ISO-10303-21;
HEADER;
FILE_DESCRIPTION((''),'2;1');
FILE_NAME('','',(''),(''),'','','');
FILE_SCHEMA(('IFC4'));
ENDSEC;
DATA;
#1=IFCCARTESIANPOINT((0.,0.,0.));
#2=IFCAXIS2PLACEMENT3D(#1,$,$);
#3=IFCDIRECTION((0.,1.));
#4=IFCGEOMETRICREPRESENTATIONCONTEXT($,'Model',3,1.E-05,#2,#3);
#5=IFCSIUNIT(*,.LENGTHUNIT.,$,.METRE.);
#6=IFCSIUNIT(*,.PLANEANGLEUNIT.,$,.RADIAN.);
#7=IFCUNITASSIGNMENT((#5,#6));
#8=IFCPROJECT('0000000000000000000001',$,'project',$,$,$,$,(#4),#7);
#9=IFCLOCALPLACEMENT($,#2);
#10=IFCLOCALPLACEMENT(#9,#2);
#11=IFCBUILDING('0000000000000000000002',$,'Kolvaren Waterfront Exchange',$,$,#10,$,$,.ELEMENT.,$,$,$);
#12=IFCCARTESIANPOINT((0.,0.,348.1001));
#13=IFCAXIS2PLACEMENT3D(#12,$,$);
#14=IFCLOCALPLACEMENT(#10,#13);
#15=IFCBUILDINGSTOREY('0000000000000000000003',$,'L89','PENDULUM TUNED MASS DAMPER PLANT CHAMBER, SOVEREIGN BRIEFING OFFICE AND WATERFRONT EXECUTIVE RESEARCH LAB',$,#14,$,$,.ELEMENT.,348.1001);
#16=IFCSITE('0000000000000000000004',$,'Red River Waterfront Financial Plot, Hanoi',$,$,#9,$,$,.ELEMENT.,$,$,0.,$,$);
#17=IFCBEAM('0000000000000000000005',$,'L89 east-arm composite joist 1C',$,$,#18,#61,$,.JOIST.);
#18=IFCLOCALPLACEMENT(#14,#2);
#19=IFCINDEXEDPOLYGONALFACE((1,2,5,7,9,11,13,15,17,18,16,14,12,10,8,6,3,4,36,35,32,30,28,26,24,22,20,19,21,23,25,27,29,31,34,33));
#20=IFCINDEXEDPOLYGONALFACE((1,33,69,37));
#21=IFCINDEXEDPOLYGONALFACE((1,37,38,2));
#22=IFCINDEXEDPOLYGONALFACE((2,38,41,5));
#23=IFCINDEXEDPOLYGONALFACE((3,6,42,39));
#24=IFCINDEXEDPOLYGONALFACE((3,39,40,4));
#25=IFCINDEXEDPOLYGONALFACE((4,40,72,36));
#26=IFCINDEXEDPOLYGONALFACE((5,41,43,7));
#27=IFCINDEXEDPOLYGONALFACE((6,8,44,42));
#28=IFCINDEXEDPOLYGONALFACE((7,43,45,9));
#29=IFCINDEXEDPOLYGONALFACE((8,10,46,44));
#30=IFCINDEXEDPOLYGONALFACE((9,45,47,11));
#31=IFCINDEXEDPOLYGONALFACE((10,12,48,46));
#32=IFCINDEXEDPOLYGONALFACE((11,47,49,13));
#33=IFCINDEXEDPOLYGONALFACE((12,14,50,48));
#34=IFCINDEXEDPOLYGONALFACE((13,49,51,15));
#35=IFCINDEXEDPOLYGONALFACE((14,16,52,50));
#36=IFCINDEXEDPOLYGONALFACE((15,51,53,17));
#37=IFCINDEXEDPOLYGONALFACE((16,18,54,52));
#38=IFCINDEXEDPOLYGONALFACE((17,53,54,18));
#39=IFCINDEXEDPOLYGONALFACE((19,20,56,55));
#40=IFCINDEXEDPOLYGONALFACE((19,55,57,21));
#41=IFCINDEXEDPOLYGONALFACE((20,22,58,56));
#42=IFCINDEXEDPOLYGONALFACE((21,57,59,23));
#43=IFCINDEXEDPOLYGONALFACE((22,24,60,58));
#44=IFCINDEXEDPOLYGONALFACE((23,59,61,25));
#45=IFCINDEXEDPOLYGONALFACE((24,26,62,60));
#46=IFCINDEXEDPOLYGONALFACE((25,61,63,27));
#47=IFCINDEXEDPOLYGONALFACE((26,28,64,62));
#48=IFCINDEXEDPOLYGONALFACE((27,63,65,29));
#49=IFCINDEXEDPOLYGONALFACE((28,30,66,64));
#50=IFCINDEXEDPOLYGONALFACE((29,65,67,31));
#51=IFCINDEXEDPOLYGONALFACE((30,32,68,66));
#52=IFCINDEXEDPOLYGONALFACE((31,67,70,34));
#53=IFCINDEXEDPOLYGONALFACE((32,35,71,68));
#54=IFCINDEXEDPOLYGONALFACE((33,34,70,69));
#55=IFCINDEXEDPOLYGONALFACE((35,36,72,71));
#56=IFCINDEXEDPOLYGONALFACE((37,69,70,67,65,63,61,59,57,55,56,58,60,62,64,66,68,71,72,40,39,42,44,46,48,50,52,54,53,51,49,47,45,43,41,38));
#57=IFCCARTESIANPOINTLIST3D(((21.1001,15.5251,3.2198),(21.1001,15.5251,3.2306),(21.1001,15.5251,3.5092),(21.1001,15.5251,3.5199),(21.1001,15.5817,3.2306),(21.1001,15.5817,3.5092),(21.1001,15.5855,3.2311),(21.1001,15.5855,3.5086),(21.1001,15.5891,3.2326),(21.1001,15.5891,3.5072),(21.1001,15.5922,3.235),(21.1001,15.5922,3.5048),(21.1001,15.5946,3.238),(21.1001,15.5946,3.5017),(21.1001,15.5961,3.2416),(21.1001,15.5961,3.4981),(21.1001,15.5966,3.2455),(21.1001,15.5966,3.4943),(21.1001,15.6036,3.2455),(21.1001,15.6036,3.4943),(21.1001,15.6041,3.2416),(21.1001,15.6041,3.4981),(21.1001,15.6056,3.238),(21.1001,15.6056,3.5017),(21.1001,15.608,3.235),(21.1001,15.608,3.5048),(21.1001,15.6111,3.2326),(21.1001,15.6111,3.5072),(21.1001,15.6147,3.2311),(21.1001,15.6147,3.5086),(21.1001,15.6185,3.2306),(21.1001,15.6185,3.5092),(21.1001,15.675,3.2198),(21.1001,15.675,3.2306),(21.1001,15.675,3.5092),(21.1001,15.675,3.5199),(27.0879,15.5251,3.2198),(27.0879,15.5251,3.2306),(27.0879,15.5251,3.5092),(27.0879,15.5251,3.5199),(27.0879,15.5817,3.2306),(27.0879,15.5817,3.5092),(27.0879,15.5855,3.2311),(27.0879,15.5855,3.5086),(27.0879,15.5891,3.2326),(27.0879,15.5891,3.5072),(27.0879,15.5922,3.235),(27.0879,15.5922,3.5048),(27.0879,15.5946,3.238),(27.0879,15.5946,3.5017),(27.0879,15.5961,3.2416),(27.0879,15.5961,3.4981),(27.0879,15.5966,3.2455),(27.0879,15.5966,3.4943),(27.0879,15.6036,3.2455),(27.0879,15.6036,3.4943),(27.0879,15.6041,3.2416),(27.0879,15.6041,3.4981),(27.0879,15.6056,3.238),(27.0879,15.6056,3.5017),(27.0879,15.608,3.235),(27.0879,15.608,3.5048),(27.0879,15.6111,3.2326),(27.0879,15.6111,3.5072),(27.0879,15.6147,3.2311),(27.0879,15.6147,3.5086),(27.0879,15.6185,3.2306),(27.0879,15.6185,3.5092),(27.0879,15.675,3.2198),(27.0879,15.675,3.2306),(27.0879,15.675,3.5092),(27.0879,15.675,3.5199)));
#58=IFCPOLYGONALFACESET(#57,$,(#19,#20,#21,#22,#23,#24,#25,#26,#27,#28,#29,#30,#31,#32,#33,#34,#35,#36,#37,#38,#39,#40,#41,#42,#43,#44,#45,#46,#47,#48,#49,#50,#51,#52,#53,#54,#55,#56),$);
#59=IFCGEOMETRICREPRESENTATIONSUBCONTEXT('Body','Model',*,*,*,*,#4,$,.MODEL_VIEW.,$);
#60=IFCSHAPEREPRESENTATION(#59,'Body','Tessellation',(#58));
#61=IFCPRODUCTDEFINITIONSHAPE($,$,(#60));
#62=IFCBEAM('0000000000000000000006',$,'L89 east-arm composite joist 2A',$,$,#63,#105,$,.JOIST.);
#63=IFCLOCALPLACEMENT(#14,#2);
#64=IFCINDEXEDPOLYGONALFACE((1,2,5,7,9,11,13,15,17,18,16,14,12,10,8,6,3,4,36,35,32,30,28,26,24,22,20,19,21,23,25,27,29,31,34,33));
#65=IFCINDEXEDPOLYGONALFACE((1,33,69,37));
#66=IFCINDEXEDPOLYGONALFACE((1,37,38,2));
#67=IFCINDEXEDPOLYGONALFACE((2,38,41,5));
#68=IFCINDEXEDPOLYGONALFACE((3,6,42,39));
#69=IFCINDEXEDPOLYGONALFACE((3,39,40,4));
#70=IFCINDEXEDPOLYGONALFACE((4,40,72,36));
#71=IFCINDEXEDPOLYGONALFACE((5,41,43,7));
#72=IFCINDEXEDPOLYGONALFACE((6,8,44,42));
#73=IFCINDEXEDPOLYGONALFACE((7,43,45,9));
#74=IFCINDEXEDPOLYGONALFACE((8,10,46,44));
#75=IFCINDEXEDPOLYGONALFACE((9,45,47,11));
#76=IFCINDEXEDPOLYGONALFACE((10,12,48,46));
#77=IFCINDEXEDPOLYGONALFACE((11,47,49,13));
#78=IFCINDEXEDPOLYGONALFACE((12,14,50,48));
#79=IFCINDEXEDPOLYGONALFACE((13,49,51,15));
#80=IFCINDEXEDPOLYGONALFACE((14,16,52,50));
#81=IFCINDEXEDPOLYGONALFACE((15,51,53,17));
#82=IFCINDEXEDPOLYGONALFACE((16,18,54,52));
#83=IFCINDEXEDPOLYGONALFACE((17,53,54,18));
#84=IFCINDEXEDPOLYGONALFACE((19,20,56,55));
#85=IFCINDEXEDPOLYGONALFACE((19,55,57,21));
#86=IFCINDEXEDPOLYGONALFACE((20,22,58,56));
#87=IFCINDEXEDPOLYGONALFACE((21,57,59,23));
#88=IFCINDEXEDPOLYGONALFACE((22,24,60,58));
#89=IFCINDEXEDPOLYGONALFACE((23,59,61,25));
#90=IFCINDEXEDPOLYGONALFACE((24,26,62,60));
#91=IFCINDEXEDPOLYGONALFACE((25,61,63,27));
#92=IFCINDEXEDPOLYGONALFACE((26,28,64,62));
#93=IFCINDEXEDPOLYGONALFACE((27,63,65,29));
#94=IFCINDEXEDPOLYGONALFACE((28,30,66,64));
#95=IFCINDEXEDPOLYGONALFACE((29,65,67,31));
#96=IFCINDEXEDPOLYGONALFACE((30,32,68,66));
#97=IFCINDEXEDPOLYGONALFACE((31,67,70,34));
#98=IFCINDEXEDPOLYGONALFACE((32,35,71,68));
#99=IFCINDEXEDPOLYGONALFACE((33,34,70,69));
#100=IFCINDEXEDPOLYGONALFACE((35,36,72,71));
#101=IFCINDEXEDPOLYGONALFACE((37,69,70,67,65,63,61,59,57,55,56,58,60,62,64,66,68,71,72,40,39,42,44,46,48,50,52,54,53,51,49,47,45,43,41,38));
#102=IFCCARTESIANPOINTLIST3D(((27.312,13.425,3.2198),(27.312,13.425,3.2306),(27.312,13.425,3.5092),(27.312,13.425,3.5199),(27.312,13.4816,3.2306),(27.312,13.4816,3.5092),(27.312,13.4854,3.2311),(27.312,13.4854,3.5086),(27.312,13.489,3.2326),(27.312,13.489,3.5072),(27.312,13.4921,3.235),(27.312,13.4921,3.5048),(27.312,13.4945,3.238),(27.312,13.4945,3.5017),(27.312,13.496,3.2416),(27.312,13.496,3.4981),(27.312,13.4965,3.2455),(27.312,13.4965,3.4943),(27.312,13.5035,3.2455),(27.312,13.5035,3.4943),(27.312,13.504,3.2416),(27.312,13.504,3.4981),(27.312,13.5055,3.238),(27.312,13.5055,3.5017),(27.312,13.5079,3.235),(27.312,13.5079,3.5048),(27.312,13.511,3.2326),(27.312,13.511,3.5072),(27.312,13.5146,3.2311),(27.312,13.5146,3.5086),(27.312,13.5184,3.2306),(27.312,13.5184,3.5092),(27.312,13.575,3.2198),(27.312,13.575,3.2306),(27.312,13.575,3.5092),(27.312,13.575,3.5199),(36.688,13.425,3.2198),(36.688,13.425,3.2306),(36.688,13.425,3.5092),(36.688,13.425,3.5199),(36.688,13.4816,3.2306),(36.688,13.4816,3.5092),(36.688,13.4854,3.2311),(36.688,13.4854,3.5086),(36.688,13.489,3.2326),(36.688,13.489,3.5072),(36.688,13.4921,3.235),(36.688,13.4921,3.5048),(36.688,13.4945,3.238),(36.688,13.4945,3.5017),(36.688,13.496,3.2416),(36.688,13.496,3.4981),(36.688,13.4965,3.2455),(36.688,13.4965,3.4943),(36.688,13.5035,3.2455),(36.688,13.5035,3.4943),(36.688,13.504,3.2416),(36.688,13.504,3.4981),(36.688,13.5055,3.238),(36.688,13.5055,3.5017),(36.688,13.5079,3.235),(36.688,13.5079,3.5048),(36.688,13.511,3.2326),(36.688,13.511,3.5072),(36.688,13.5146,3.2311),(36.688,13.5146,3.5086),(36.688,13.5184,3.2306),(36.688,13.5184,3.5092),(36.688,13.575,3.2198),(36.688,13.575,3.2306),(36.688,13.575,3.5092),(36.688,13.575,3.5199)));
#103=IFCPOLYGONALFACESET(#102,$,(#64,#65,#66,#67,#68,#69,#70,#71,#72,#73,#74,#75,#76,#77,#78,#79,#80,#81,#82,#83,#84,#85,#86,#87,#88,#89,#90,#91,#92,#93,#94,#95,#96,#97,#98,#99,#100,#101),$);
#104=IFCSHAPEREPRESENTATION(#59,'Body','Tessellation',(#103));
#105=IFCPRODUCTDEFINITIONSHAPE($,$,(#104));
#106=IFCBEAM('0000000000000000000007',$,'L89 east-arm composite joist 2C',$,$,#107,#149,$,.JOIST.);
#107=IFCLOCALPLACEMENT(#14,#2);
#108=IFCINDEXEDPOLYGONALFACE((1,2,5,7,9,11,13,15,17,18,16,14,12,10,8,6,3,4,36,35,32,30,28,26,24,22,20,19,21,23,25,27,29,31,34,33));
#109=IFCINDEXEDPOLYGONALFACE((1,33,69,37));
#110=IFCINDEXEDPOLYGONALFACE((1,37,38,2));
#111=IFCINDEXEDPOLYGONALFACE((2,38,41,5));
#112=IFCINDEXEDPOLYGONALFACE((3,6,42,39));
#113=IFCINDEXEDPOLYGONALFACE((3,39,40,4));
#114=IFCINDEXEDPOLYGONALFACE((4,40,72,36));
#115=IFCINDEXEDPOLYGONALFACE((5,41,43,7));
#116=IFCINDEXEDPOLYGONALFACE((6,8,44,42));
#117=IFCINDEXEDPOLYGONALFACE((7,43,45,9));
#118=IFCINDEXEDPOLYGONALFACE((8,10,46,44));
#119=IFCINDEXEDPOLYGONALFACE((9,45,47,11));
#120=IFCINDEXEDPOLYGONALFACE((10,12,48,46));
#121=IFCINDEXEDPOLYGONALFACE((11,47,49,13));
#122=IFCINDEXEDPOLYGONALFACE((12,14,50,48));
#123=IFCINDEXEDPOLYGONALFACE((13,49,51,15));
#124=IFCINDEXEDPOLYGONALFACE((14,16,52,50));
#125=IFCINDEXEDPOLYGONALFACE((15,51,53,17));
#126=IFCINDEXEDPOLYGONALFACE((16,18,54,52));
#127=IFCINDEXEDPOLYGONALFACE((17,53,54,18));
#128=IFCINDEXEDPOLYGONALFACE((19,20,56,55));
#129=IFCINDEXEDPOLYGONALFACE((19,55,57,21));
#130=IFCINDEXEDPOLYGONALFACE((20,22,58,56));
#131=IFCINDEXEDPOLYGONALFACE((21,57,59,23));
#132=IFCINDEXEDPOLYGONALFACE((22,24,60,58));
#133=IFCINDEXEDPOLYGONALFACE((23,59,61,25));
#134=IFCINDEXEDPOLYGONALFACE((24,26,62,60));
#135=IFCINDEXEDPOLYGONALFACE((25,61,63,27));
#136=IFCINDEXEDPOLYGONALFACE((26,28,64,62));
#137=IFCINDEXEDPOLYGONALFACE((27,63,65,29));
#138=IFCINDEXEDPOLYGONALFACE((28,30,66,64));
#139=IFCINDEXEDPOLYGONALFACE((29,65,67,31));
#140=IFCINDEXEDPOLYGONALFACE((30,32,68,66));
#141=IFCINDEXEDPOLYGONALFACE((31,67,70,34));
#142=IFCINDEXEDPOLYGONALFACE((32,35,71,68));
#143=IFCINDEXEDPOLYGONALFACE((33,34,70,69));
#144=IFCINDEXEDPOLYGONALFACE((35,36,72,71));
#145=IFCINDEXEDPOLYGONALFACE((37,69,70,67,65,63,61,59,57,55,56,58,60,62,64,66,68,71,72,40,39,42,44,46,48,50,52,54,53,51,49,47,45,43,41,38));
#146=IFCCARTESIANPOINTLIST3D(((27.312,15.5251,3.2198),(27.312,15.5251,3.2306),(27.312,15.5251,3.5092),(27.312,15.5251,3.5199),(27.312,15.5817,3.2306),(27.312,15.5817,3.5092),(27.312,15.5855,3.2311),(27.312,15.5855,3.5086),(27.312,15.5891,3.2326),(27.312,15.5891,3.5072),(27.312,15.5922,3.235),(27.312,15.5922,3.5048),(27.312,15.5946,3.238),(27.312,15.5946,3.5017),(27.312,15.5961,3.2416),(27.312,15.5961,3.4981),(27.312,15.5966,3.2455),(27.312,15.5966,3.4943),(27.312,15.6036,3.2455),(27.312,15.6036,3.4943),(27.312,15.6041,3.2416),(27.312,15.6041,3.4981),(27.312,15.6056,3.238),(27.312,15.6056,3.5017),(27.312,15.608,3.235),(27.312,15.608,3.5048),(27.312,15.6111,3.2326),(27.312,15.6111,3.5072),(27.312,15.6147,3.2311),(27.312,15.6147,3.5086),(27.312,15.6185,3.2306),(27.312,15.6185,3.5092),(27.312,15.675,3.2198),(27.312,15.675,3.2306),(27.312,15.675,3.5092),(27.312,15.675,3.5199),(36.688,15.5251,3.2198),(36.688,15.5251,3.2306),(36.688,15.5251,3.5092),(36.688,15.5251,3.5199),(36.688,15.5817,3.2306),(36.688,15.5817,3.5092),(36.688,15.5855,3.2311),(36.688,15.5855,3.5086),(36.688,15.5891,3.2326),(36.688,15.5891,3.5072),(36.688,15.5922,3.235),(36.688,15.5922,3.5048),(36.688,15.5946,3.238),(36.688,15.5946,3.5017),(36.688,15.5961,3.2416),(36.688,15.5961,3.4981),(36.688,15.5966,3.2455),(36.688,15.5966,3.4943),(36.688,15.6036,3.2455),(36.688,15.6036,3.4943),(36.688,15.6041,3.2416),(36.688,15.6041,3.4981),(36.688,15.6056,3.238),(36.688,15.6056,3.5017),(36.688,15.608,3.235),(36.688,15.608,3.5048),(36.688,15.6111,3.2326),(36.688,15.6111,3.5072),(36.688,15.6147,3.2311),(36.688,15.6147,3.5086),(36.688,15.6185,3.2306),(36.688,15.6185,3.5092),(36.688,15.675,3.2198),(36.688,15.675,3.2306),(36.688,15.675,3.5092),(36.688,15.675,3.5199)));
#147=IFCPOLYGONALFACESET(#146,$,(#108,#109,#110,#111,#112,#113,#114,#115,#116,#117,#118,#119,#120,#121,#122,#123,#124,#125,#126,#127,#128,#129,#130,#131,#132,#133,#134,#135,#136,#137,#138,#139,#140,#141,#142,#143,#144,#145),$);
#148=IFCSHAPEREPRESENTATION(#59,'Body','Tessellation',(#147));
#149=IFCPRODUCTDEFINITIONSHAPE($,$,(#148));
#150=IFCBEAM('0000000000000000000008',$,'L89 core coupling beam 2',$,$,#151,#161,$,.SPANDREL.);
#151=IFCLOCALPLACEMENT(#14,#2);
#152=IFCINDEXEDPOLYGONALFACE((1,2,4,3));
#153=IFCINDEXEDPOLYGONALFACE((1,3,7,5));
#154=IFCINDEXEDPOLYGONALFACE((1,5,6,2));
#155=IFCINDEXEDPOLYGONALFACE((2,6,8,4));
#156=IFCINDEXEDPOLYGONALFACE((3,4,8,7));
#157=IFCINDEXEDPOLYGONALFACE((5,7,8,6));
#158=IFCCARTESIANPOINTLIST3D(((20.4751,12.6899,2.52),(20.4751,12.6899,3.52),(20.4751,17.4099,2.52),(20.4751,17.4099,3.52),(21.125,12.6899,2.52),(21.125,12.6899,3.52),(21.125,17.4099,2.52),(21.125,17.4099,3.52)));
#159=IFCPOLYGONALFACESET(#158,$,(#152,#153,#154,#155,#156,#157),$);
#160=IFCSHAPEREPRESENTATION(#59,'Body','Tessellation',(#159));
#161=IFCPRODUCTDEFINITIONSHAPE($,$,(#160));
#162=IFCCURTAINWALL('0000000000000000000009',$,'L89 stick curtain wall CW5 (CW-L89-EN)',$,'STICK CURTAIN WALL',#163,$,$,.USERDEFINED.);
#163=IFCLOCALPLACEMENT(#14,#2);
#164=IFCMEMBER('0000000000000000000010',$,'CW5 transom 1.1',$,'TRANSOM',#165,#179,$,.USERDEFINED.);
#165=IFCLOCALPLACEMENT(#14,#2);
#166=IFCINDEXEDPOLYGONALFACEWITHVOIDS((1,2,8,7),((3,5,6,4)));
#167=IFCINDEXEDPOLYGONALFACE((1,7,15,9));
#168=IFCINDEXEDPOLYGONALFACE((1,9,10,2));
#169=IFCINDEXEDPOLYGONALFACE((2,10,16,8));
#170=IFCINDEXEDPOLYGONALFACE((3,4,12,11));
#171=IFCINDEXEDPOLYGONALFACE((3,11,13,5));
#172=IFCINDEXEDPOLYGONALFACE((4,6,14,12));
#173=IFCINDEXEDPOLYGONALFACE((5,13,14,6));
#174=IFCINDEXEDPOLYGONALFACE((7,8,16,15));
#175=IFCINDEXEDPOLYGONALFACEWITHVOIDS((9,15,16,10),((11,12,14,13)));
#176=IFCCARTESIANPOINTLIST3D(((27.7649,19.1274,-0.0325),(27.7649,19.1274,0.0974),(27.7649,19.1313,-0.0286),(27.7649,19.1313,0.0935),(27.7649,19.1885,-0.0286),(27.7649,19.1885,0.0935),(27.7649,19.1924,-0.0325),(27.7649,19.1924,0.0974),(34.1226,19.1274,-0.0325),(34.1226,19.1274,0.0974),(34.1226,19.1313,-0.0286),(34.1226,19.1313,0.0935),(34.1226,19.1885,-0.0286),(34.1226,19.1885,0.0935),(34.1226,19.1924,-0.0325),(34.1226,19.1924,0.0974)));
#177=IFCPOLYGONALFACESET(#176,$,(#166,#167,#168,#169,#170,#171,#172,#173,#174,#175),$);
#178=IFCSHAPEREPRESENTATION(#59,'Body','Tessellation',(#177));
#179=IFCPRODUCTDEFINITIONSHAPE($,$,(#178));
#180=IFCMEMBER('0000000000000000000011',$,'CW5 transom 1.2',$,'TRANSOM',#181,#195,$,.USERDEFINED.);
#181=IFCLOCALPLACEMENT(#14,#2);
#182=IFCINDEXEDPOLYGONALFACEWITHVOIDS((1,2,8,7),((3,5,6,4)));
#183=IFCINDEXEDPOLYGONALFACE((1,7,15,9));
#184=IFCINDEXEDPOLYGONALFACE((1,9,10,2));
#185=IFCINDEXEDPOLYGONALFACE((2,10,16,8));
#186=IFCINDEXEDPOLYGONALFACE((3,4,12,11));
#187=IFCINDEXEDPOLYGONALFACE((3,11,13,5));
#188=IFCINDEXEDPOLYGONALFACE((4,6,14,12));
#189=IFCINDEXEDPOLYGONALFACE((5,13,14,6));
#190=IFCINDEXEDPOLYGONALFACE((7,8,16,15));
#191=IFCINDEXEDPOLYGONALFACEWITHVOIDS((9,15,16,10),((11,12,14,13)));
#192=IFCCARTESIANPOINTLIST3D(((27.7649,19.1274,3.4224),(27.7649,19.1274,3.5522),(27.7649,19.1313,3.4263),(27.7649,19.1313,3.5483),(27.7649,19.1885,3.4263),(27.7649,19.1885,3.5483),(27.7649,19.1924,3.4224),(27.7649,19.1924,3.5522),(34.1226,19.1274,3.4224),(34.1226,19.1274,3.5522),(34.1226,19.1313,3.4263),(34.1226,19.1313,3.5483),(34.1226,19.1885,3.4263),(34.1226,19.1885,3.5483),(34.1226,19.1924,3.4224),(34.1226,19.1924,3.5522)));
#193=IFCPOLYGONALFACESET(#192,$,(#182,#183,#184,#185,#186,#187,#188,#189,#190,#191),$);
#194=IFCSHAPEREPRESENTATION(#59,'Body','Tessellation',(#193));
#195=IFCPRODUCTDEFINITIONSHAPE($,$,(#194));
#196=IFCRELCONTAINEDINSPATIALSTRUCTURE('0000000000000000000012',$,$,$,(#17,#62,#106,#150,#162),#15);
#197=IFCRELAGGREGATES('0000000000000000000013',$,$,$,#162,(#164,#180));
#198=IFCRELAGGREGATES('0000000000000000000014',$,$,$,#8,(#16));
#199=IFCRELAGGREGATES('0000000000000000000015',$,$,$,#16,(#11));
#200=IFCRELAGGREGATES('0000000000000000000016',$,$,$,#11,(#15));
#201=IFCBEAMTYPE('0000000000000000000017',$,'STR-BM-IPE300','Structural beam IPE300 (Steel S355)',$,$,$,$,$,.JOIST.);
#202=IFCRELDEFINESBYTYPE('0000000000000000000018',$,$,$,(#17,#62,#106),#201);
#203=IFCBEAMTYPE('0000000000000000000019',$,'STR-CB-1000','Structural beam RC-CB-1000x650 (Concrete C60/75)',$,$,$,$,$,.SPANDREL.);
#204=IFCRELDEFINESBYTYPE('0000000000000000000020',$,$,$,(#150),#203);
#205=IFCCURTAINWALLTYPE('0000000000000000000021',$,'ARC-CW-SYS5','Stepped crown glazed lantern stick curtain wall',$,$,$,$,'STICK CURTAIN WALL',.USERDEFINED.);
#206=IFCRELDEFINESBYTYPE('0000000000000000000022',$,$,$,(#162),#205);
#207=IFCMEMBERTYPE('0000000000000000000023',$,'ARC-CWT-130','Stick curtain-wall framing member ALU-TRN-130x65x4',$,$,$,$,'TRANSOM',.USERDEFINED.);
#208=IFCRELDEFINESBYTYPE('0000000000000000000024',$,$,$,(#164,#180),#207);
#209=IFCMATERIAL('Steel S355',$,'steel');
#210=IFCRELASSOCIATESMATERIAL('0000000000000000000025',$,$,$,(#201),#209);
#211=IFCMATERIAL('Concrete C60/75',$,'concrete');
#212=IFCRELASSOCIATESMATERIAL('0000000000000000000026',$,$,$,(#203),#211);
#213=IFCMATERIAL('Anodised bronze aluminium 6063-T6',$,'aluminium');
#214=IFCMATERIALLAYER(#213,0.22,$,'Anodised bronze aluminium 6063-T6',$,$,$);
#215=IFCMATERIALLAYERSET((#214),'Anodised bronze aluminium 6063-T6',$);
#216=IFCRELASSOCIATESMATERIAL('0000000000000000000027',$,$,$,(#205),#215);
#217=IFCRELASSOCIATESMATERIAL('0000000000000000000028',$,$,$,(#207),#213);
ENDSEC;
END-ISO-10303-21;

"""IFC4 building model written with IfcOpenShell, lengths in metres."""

from ifc_helpers import new_model, si_unit, direction, frame, origin, origin_with_axes, origin_2d, place, context, subcontext, project, spatial, rectangle, hollow_rectangle, i_section, extrude, source, transform, mapped, material, layer, layer_set, material_profile, profile_set, type_object, element, aggregate, save


model = new_model("IFC4")

# Units and contexts
model_context = context("Model", 3, precision=1e-05, world=origin(), true_north=direction((0.0, 1.0)))
body_context = subcontext(model_context, "Body", "Model", "MODEL_VIEW")
ifc_project = project(units=[si_unit("LENGTHUNIT", "METRE"), si_unit("PLANEANGLEUNIT", "RADIAN")], contexts=[model_context])

# Site, building, storey
site_placement = place(None, origin())
site = spatial("IfcSite", under=ifc_project, at=site_placement, Name="Red River Waterfront Financial Plot, Hanoi", CompositionType="ELEMENT", RefElevation=0.0)
building_placement = place(site_placement, origin())
building = spatial("IfcBuilding", under=site, at=building_placement, Name="Kolvaren Waterfront Exchange", CompositionType="ELEMENT")
storey_placement = place(building_placement, frame((0.0, 0.0, 348.1001)))
storey = spatial("IfcBuildingStorey", under=building, at=storey_placement, Name="L89", Description="PENDULUM TUNED MASS DAMPER PLANT CHAMBER, SOVEREIGN BRIEFING OFFICE AND WATERFRONT EXECUTIVE RESEARCH LAB", CompositionType="ELEMENT", Elevation=348.1001)

# Beams
ifc_material_1 = material(Name="Steel S355", Category="steel")
ifc_material_profile_1 = material_profile(ifc_material_1, i_section(OverallWidth=0.1499, OverallDepth=0.3, WebThickness=0.0071, FlangeThickness=0.0107, FilletRadius=0.0149, at=origin_2d()), Name="IPE300")
ifc_profile_set_1 = profile_set([ifc_material_profile_1], Name="Steel S355")
beam_type_1 = type_object("IfcBeamType", Name="STR-BM-IPE300", Description="Structural beam IPE300 (Steel S355)", PredefinedType="JOIST", material=ifc_profile_set_1)
for number, where, z_axis, x_axis, name in (
    (1, (21.1001, 15.6001, 3.3699), (1.0, 0.0, 0.0), (0.0, 1.0, 0.0), "L89 east-arm composite joist 1C"),
):
    element("IfcBeam", number, at=place(storey_placement, frame(where, z_axis=z_axis, x_axis=x_axis)), inside=storey, type_object=beam_type_1, Name=name, PredefinedType="JOIST", context=body_context, shape_type="SweptSolid", body=[
        extrude(i_section(OverallWidth=0.1499, OverallDepth=0.3, WebThickness=0.0071, FlangeThickness=0.0107, FilletRadius=0.0149, at=origin_2d()), origin(), (0.0, 0.0, 1.0), 5.9878),
    ])
for number, where, z_axis, x_axis, name in (
    (2, (27.312, 13.5, 3.3699), (1.0, 0.0, 0.0), (0.0, 1.0, 0.0), "L89 east-arm composite joist 2A"),
    (3, (27.312, 15.6001, 3.3699), (1.0, 0.0, 0.0), (0.0, 1.0, 0.0), "L89 east-arm composite joist 2C"),
):
    element("IfcBeam", number, at=place(storey_placement, frame(where, z_axis=z_axis, x_axis=x_axis)), inside=storey, type_object=beam_type_1, Name=name, PredefinedType="JOIST", context=body_context, shape_type="SweptSolid", body=[
        extrude(i_section(OverallWidth=0.1499, OverallDepth=0.3, WebThickness=0.0071, FlangeThickness=0.0107, FilletRadius=0.0149, at=origin_2d()), origin(), (0.0, 0.0, 1.0), 9.376),
    ])
ifc_material_2 = material(Name="Concrete C60/75", Category="concrete")
ifc_material_profile_2 = material_profile(ifc_material_2, rectangle(XDim=0.6499, YDim=1.0, at=origin_2d()), Name="RC-CB-1000x650")
ifc_profile_set_2 = profile_set([ifc_material_profile_2], Name="Concrete C60/75")
beam_type_2 = type_object("IfcBeamType", Name="STR-CB-1000", Description="Structural beam RC-CB-1000x650 (Concrete C60/75)", PredefinedType="SPANDREL", material=ifc_profile_set_2)
beam_1_placement = place(storey_placement, frame((20.8, 12.6899, 3.02), z_axis=(0.0, 1.0, 0.0), x_axis=(-1.0, 0.0, 0.0)))
element("IfcBeam", 4, at=beam_1_placement, inside=storey, type_object=beam_type_2, Name="L89 core coupling beam 2", PredefinedType="SPANDREL", context=body_context, shape_type="SweptSolid", body=[
    extrude(rectangle(XDim=0.6499, YDim=1.0, at=origin_2d()), origin(), (0.0, 0.0, 1.0), 4.72),
])

# Curtain wall, members
ifc_material_3 = material(Name="Anodised bronze aluminium 6063-T6", Category="aluminium")
ifc_layer_1 = layer(ifc_material_3, 0.22, Name="Anodised bronze aluminium 6063-T6")
ifc_layer_set_1 = layer_set([ifc_layer_1], Name="Anodised bronze aluminium 6063-T6")
curtain_wall_type = type_object("IfcCurtainWallType", Name="ARC-CW-SYS5", Description="Stepped crown glazed lantern stick curtain wall", ElementType="STICK CURTAIN WALL", PredefinedType="USERDEFINED", material=ifc_layer_set_1)
curtain_wall_placement = place(storey_placement, origin())
curtain_wall = element("IfcCurtainWall", 5, at=curtain_wall_placement, inside=storey, type_object=curtain_wall_type, Name="L89 stick curtain wall CW5 (CW-L89-EN)", ObjectType="STICK CURTAIN WALL", PredefinedType="USERDEFINED")
ifc_material_profile_3 = material_profile(ifc_material_3, hollow_rectangle(XDim=0.0649, YDim=0.1299, WallThickness=0.0039, at=origin_2d()), Name="ALU-TRN-130x65x4")
ifc_profile_set_3 = profile_set([ifc_material_profile_3], Name="Anodised bronze aluminium 6063-T6")
member_type_1 = type_object("IfcMemberType", Name="ARC-CWT-130", Description="Stick curtain-wall framing member ALU-TRN-130x65x4", ElementType="TRANSOM", PredefinedType="USERDEFINED", material=ifc_profile_set_3)
shared_shape_1 = source(origin_with_axes(), body_context, "Body", "SweptSolid", [
    extrude(hollow_rectangle(XDim=0.0649, YDim=0.1299, WallThickness=0.0039, at=origin_2d()), origin(), (0.0, 0.0, 1.0), 6.3577),
])
member_1_placement = place(storey_placement, frame((27.7649, 19.1599, 0.0325), z_axis=(1.0, 0.0, 0.0), x_axis=(0.0, 1.0, 0.0)))
member_1 = element("IfcMember", 6, at=member_1_placement, type_object=member_type_1, Name="CW5 transom 1.1", ObjectType="TRANSOM", PredefinedType="USERDEFINED", context=body_context, shape_type="MappedRepresentation", body=[
    mapped(shared_shape_1, transform((0.0, 0.0, 0.0), x_axis=(1.0, 0.0, 0.0), y_axis=(0.0, 1.0, 0.0), z_axis=(0.0, 0.0, 1.0), scale=1.0)),
])
member_2_placement = place(storey_placement, frame((27.7649, 19.1599, 3.4873), z_axis=(1.0, 0.0, 0.0), x_axis=(0.0, 1.0, 0.0)))
member_2 = element("IfcMember", 7, at=member_2_placement, type_object=member_type_1, Name="CW5 transom 1.2", ObjectType="TRANSOM", PredefinedType="USERDEFINED", context=body_context, shape_type="MappedRepresentation", body=[
    mapped(shared_shape_1, transform((0.0, 0.0, 0.0), x_axis=(1.0, 0.0, 0.0), y_axis=(0.0, 1.0, 0.0), z_axis=(0.0, 0.0, 1.0), scale=1.0)),
])
aggregate(curtain_wall, [member_1, member_2])

save(model, "model.ifc")
